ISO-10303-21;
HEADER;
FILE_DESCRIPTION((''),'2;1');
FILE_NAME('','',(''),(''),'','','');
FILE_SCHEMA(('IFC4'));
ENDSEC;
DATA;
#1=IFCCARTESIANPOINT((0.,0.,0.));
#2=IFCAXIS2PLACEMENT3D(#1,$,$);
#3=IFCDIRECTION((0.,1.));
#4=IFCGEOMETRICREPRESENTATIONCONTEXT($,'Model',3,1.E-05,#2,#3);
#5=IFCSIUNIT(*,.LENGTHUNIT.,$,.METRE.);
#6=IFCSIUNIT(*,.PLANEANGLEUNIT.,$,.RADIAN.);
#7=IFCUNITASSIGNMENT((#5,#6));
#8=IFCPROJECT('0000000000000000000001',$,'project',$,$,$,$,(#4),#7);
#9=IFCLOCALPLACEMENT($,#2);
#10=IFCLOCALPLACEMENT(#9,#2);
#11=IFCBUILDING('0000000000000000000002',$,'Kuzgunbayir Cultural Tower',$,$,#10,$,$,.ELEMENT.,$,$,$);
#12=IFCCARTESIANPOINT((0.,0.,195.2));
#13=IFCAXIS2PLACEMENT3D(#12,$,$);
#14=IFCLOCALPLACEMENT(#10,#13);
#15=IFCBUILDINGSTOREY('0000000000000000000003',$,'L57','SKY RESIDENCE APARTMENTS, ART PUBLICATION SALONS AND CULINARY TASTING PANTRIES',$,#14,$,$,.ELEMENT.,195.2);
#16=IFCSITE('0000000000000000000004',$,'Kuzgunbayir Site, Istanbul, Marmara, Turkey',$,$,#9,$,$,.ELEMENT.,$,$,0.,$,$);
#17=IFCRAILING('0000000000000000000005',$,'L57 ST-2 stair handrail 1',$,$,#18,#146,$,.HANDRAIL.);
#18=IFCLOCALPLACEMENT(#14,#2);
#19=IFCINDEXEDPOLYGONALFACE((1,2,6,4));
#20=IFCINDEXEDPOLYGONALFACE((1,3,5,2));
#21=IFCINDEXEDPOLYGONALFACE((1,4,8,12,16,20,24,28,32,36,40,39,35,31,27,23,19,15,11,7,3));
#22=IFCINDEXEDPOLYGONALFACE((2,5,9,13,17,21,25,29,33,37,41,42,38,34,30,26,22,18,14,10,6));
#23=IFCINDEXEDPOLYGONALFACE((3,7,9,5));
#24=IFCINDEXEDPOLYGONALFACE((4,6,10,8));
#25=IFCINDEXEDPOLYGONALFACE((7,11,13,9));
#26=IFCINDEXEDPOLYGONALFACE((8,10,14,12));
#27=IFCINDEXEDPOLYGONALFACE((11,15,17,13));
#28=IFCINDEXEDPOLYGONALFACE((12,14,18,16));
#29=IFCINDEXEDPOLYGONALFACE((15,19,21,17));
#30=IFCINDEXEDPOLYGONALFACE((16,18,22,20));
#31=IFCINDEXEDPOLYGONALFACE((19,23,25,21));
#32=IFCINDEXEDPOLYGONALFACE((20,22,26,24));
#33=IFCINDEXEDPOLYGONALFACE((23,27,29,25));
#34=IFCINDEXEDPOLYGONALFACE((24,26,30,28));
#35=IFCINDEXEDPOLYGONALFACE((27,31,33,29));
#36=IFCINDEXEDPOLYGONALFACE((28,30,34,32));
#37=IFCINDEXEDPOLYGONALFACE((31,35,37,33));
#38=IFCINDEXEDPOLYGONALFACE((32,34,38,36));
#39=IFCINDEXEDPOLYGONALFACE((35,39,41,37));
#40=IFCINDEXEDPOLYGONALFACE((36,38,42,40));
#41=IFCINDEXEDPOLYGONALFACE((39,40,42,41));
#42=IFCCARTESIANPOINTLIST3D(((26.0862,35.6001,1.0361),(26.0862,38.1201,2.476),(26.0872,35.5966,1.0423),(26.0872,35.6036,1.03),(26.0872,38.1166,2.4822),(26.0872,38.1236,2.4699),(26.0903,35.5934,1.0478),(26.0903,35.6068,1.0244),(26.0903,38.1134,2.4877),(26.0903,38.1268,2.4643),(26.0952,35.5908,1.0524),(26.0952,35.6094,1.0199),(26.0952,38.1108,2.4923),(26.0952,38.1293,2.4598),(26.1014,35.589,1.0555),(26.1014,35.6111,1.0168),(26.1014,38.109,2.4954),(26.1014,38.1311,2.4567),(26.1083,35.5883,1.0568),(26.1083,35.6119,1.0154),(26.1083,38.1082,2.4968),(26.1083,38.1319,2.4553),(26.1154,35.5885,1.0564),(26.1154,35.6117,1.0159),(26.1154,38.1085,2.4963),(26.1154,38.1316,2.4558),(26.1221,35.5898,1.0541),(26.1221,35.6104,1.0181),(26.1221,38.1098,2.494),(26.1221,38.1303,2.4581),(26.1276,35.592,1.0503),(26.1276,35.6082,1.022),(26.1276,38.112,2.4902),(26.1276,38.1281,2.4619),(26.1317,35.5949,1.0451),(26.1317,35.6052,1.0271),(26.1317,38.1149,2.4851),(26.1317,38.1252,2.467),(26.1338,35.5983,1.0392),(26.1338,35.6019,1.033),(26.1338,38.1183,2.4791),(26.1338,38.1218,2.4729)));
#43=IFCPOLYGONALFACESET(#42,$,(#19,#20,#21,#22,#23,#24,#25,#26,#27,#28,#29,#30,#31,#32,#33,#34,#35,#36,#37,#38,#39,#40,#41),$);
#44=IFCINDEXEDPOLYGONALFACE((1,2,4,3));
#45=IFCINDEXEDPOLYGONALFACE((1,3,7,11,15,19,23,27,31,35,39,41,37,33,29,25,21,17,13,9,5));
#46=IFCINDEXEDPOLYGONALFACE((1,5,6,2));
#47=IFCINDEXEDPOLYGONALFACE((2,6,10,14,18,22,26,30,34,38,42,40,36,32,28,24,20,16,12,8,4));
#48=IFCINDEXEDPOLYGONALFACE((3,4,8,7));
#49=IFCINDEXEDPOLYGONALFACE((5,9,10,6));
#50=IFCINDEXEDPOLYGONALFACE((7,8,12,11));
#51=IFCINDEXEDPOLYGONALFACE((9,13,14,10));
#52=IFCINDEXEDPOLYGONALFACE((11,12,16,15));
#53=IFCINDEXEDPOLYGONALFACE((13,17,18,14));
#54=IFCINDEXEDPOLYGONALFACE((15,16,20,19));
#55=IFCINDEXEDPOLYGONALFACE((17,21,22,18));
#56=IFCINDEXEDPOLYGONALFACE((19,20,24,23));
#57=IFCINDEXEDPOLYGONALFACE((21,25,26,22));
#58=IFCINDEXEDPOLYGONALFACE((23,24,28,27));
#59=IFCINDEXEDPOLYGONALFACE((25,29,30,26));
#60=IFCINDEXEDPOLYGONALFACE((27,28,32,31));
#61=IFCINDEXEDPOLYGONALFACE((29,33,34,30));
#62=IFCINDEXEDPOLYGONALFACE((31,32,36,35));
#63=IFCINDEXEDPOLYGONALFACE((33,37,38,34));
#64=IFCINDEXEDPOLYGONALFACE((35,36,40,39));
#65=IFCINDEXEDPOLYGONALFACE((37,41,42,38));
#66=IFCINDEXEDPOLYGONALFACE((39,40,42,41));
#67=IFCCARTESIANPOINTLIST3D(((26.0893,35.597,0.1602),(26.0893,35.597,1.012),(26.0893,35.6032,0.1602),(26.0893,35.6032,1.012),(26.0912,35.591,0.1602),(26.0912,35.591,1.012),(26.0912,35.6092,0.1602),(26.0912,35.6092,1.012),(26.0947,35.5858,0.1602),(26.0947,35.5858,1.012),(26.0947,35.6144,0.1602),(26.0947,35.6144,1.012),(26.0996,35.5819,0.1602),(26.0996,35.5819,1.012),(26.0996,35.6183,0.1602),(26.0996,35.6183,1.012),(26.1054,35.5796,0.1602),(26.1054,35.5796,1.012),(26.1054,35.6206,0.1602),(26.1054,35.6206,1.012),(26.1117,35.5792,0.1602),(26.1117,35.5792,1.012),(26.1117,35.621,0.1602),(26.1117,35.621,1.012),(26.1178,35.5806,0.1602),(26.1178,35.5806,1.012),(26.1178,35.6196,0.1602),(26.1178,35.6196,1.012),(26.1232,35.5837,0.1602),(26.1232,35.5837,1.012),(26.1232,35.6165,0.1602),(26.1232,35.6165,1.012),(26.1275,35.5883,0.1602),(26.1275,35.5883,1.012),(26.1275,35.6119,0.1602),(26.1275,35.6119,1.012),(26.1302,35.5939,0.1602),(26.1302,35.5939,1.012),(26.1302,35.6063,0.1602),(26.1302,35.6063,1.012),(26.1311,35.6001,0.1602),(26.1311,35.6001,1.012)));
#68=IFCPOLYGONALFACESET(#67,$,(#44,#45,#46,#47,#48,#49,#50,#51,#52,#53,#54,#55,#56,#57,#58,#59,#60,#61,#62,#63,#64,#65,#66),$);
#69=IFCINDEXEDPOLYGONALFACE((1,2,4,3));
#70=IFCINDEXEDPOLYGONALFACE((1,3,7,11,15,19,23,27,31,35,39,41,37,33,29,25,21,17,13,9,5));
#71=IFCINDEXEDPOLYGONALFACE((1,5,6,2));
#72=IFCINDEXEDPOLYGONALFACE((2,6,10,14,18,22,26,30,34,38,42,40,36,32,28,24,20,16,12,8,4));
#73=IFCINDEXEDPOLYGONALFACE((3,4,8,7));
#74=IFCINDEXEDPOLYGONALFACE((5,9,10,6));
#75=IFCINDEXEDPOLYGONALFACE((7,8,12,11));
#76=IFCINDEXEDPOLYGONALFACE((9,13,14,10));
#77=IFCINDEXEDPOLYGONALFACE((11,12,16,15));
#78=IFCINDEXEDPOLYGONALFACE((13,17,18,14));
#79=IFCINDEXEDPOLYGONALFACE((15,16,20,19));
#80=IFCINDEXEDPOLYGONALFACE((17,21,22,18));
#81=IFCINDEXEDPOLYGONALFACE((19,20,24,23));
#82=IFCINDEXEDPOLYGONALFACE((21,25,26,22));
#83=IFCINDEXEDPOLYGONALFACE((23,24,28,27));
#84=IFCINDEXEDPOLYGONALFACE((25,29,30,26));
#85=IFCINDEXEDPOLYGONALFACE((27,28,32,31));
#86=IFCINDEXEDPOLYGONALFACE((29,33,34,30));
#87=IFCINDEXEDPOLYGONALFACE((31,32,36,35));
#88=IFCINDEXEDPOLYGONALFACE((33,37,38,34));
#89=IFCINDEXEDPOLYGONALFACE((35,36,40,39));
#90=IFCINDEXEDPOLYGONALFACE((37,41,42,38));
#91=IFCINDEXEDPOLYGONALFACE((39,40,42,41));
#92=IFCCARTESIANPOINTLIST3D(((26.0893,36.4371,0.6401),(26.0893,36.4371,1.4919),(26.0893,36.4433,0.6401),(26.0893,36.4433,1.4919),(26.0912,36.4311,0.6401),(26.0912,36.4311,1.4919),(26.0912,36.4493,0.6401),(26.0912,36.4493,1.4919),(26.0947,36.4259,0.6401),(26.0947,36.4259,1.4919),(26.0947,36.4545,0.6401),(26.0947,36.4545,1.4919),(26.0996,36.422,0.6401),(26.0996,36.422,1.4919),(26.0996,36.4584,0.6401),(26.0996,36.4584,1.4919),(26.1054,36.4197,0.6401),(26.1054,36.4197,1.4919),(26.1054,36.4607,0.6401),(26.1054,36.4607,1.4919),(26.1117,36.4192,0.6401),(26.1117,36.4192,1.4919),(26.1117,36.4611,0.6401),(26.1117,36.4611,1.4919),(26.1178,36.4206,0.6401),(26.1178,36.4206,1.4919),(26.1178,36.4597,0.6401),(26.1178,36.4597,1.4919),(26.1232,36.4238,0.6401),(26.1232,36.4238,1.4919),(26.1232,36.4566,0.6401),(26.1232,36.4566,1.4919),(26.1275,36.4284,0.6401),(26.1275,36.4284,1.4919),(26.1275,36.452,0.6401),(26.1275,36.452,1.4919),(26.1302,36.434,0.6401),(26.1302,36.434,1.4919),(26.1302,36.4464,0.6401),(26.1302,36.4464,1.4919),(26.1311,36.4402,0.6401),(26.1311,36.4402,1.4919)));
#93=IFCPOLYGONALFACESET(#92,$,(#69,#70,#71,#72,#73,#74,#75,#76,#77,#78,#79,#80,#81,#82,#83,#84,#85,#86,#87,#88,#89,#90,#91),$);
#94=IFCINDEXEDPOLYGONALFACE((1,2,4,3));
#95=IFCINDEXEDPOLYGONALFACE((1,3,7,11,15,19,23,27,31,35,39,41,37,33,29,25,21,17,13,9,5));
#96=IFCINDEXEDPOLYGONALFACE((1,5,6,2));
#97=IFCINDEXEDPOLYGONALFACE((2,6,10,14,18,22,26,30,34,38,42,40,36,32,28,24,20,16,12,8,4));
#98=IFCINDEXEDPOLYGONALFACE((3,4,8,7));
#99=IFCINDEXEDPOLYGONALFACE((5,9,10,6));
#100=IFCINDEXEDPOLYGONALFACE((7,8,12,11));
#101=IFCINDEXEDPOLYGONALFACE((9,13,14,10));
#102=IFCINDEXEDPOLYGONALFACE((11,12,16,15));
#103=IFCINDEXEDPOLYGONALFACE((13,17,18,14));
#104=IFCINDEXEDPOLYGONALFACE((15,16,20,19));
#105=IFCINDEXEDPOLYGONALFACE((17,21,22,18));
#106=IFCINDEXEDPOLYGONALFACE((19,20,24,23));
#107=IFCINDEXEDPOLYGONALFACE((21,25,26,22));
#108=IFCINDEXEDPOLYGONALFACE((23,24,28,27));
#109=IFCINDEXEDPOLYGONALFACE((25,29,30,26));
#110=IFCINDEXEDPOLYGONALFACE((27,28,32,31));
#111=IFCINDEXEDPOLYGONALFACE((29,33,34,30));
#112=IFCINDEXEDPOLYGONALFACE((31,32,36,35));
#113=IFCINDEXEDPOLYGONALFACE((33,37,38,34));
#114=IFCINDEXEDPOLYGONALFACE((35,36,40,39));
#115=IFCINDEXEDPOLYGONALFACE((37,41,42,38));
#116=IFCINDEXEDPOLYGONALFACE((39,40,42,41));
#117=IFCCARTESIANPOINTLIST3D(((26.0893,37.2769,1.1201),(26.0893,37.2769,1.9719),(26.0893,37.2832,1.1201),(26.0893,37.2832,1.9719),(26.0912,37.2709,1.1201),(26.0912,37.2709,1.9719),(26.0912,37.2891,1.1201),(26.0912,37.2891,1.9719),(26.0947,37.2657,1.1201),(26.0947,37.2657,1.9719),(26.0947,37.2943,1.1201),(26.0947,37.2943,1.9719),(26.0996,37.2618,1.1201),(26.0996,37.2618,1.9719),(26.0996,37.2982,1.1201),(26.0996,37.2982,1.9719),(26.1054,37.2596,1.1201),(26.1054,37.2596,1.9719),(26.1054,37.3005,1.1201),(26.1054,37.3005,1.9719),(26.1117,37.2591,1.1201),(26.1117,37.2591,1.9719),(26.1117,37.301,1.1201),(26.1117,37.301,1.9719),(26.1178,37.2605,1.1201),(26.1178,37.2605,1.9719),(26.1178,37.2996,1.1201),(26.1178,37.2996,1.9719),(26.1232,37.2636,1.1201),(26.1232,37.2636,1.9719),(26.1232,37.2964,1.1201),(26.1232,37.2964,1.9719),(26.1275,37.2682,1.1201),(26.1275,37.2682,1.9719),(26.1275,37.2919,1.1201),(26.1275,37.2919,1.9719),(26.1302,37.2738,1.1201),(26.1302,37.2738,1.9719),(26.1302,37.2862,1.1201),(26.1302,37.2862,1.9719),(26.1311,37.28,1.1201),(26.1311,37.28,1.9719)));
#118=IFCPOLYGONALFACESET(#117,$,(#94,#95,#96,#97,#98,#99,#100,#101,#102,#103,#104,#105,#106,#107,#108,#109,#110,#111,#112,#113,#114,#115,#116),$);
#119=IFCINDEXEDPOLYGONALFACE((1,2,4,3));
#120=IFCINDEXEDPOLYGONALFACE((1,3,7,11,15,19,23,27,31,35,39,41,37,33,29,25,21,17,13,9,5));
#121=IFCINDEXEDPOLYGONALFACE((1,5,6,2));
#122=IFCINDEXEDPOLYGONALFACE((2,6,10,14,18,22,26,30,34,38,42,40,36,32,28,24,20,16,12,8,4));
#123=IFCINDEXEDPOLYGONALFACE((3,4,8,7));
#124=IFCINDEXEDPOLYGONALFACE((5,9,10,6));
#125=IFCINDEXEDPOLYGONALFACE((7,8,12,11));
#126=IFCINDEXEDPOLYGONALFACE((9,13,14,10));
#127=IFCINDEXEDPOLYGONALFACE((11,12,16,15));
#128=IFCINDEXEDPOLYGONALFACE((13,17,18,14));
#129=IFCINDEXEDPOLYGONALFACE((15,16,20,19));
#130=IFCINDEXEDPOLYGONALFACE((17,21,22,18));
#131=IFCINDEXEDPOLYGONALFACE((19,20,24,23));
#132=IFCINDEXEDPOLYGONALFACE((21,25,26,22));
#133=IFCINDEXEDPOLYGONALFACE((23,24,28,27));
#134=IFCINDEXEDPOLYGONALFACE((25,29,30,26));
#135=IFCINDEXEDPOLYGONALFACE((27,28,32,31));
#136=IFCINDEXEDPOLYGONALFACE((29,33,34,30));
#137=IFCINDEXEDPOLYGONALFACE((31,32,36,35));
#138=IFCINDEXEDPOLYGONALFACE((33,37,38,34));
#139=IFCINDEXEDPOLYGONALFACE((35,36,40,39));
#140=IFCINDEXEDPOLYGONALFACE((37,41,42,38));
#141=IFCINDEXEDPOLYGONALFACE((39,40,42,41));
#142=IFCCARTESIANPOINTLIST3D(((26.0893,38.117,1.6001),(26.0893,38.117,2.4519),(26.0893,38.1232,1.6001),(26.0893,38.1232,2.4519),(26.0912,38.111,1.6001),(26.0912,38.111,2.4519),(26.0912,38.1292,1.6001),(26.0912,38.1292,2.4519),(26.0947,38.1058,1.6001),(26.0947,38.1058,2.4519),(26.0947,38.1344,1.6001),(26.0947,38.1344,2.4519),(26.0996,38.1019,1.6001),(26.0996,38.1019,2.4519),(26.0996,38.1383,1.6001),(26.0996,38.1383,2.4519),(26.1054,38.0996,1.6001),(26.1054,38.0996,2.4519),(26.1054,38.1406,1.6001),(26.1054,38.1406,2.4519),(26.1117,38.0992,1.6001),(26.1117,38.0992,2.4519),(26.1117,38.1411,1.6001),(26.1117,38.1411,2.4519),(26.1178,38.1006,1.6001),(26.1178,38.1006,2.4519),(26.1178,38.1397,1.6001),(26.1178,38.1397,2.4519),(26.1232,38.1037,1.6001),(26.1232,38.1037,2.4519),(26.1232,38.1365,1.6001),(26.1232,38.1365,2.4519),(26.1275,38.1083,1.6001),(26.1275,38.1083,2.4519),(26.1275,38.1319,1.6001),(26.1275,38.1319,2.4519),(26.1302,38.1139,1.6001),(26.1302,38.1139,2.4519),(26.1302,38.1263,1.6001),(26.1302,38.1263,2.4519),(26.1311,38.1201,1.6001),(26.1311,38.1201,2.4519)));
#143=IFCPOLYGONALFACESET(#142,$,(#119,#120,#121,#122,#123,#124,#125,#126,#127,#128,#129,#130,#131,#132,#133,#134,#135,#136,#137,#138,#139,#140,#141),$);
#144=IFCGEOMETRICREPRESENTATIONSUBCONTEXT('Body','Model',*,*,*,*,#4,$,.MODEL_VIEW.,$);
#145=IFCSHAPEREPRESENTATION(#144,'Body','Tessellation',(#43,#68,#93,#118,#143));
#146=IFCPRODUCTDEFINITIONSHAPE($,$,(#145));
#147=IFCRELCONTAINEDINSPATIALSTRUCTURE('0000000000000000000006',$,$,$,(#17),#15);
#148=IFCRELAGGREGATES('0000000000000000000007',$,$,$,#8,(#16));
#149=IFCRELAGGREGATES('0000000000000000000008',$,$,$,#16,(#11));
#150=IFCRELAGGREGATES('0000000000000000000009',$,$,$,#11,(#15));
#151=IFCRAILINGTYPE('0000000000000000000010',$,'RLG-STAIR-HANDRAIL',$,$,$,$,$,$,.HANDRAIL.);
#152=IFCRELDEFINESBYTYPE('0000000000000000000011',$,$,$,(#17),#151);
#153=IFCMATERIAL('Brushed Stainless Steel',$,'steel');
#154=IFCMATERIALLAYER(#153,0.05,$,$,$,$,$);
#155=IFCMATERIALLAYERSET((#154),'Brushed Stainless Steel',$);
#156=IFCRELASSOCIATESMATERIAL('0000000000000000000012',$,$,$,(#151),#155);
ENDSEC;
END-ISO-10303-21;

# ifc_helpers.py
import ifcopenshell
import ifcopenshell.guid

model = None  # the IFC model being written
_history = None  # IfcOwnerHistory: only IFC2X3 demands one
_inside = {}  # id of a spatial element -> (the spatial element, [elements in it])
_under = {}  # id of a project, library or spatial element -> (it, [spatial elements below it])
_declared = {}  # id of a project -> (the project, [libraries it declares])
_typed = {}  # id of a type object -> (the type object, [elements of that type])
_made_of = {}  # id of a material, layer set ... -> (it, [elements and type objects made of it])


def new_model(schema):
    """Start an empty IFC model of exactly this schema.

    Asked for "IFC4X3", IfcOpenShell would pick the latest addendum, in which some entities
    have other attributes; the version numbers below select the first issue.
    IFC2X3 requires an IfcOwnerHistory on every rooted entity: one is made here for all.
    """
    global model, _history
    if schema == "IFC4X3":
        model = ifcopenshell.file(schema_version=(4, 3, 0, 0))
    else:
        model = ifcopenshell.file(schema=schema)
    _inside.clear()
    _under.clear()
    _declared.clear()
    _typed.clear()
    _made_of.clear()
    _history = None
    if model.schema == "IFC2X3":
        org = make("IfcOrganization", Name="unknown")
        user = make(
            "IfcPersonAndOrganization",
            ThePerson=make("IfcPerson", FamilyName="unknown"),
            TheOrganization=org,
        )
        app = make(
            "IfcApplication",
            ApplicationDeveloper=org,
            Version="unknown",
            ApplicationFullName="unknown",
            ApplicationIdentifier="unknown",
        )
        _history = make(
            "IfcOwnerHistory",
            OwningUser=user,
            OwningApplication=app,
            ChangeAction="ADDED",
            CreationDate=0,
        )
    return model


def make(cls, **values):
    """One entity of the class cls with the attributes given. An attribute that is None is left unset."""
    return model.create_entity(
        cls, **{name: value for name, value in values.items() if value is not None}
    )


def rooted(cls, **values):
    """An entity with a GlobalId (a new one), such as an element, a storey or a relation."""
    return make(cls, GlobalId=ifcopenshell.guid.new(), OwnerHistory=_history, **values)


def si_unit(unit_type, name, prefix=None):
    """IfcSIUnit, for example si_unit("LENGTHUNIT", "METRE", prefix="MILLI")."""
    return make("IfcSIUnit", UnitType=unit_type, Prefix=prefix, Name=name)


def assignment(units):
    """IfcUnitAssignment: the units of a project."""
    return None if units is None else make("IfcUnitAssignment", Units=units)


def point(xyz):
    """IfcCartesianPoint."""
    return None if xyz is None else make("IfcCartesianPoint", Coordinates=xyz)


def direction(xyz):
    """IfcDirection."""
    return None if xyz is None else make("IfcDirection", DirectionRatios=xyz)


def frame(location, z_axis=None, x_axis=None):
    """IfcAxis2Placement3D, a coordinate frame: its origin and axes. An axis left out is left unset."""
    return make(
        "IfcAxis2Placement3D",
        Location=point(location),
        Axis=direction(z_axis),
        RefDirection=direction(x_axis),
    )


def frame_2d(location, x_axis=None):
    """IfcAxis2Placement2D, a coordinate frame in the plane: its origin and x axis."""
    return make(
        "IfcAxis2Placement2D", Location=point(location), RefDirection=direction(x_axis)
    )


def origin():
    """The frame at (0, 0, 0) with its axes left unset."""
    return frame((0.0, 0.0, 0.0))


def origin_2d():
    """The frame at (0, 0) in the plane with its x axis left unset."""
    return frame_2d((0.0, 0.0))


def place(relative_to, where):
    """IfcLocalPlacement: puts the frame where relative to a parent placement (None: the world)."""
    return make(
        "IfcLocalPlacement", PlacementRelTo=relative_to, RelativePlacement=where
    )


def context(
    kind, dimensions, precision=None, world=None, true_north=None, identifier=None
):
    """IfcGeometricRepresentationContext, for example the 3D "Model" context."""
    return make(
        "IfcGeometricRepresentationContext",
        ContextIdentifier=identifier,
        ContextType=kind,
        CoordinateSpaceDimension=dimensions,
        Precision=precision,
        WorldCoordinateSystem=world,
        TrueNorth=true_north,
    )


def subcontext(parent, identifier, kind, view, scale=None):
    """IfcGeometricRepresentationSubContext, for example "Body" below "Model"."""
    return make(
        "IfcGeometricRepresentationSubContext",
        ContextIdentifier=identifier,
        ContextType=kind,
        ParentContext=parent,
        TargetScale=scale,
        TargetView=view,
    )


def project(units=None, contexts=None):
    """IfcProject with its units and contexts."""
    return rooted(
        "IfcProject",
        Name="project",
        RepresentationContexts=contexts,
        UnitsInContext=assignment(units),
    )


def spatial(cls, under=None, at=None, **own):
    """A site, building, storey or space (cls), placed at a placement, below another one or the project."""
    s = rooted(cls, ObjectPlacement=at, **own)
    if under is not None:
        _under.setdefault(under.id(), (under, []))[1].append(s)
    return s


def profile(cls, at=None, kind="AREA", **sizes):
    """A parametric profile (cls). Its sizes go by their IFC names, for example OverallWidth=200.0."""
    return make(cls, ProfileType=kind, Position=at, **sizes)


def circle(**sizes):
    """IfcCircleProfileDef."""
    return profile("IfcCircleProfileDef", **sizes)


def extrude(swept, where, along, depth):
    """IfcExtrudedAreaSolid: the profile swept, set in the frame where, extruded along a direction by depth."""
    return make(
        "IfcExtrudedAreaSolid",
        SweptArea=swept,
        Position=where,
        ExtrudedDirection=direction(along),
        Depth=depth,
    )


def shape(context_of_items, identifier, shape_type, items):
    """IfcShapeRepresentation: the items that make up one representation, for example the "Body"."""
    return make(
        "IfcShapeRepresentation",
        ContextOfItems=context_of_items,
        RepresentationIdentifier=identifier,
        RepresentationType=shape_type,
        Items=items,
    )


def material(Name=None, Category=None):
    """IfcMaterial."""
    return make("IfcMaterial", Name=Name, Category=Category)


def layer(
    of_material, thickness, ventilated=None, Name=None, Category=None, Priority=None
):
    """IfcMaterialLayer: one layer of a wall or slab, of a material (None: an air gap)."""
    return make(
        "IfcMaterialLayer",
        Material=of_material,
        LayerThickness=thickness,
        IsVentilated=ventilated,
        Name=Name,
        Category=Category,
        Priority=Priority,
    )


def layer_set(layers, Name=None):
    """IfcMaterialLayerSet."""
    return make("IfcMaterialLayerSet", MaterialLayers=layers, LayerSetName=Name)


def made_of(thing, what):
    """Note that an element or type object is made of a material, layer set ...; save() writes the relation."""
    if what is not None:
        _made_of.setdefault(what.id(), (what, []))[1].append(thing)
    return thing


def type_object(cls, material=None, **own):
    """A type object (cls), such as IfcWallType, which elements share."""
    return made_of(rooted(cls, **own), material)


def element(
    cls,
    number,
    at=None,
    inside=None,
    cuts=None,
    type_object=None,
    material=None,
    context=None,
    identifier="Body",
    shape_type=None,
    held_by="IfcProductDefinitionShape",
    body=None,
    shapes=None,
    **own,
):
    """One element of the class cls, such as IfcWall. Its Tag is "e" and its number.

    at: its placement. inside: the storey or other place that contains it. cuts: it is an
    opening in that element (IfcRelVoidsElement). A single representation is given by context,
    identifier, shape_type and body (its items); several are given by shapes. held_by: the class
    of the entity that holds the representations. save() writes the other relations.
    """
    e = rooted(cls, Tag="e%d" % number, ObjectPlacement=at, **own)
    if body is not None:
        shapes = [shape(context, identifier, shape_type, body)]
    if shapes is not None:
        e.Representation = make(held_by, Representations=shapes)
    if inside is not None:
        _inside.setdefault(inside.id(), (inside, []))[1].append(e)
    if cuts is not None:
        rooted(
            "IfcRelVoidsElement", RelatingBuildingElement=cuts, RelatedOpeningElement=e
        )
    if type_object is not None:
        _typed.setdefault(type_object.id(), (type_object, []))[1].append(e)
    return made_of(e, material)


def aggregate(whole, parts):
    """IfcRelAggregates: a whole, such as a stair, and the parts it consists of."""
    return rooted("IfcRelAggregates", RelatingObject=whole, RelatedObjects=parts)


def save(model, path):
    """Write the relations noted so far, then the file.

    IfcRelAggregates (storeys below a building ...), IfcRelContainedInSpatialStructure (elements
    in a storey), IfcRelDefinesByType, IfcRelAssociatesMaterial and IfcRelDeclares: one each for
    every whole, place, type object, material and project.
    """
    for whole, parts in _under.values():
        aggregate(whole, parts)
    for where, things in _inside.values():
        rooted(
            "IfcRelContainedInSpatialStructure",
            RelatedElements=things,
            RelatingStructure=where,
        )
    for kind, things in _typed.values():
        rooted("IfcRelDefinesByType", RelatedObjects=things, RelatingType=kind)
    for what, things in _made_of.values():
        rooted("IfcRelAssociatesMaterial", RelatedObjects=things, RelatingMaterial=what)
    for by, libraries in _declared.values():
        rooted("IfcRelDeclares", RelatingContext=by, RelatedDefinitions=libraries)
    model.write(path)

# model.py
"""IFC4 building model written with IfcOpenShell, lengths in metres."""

from ifc_helpers import new_model, si_unit, direction, frame, origin, origin_2d, place, context, subcontext, project, spatial, circle, extrude, material, layer, layer_set, type_object, element, save


model = new_model("IFC4")

# Units and contexts
model_context = context("Model", 3, precision=1e-05, world=origin(), true_north=direction((0.0, 1.0)))
body_context = subcontext(model_context, "Body", "Model", "MODEL_VIEW")
ifc_project = project(units=[si_unit("LENGTHUNIT", "METRE"), si_unit("PLANEANGLEUNIT", "RADIAN")], contexts=[model_context])

# Site, building, storey
site_placement = place(None, origin())
site = spatial("IfcSite", under=ifc_project, at=site_placement, Name="Kuzgunbayir Site, Istanbul, Marmara, Turkey", CompositionType="ELEMENT", RefElevation=0.0)
building_placement = place(site_placement, origin())
building = spatial("IfcBuilding", under=site, at=building_placement, Name="Kuzgunbayir Cultural Tower", CompositionType="ELEMENT")
storey_placement = place(building_placement, frame((0.0, 0.0, 195.2)))
storey = spatial("IfcBuildingStorey", under=building, at=storey_placement, Name="L57", Description="SKY RESIDENCE APARTMENTS, ART PUBLICATION SALONS AND CULINARY TASTING PANTRIES", CompositionType="ELEMENT", Elevation=195.2)

# Shared definitions
ifc_material_1 = material(Name="Brushed Stainless Steel", Category="steel")

# Railing
ifc_layer_1 = layer(ifc_material_1, 0.05)
ifc_layer_set_1 = layer_set([ifc_layer_1], Name="Brushed Stainless Steel")
railing_type_1 = type_object("IfcRailingType", Name="RLG-STAIR-HANDRAIL", PredefinedType="HANDRAIL", material=ifc_layer_set_1)
railing_1_placement = place(storey_placement, frame((26.1101, 35.6001, 0.1602)))
element("IfcRailing", 1, at=railing_1_placement, inside=storey, type_object=railing_type_1, Name="L57 ST-2 stair handrail 1", PredefinedType="HANDRAIL", context=body_context, shape_type="SweptSolid", body=[
    extrude(circle(Radius=0.0239, at=origin_2d()), frame((0.0, 0.0, 0.876), z_axis=(0.0, 0.868253, 0.496121), x_axis=(-1.0, 0.0, 0.0)), (0.0, 0.0, 1.0), 2.9023),
    extrude(circle(Radius=0.021, at=origin_2d()), origin(), (0.0, 0.0, 1.0), 0.8518),
    extrude(circle(Radius=0.021, at=origin_2d()), frame((0.0, 0.8401, 0.48)), (0.0, 0.0, 1.0), 0.8518),
    extrude(circle(Radius=0.021, at=origin_2d()), frame((0.0, 1.6799, 0.96)), (0.0, 0.0, 1.0), 0.8518),
    extrude(circle(Radius=0.021, at=origin_2d()), frame((0.0, 2.52, 1.4399)), (0.0, 0.0, 1.0), 0.8518),
])

save(model, "model.ifc")
